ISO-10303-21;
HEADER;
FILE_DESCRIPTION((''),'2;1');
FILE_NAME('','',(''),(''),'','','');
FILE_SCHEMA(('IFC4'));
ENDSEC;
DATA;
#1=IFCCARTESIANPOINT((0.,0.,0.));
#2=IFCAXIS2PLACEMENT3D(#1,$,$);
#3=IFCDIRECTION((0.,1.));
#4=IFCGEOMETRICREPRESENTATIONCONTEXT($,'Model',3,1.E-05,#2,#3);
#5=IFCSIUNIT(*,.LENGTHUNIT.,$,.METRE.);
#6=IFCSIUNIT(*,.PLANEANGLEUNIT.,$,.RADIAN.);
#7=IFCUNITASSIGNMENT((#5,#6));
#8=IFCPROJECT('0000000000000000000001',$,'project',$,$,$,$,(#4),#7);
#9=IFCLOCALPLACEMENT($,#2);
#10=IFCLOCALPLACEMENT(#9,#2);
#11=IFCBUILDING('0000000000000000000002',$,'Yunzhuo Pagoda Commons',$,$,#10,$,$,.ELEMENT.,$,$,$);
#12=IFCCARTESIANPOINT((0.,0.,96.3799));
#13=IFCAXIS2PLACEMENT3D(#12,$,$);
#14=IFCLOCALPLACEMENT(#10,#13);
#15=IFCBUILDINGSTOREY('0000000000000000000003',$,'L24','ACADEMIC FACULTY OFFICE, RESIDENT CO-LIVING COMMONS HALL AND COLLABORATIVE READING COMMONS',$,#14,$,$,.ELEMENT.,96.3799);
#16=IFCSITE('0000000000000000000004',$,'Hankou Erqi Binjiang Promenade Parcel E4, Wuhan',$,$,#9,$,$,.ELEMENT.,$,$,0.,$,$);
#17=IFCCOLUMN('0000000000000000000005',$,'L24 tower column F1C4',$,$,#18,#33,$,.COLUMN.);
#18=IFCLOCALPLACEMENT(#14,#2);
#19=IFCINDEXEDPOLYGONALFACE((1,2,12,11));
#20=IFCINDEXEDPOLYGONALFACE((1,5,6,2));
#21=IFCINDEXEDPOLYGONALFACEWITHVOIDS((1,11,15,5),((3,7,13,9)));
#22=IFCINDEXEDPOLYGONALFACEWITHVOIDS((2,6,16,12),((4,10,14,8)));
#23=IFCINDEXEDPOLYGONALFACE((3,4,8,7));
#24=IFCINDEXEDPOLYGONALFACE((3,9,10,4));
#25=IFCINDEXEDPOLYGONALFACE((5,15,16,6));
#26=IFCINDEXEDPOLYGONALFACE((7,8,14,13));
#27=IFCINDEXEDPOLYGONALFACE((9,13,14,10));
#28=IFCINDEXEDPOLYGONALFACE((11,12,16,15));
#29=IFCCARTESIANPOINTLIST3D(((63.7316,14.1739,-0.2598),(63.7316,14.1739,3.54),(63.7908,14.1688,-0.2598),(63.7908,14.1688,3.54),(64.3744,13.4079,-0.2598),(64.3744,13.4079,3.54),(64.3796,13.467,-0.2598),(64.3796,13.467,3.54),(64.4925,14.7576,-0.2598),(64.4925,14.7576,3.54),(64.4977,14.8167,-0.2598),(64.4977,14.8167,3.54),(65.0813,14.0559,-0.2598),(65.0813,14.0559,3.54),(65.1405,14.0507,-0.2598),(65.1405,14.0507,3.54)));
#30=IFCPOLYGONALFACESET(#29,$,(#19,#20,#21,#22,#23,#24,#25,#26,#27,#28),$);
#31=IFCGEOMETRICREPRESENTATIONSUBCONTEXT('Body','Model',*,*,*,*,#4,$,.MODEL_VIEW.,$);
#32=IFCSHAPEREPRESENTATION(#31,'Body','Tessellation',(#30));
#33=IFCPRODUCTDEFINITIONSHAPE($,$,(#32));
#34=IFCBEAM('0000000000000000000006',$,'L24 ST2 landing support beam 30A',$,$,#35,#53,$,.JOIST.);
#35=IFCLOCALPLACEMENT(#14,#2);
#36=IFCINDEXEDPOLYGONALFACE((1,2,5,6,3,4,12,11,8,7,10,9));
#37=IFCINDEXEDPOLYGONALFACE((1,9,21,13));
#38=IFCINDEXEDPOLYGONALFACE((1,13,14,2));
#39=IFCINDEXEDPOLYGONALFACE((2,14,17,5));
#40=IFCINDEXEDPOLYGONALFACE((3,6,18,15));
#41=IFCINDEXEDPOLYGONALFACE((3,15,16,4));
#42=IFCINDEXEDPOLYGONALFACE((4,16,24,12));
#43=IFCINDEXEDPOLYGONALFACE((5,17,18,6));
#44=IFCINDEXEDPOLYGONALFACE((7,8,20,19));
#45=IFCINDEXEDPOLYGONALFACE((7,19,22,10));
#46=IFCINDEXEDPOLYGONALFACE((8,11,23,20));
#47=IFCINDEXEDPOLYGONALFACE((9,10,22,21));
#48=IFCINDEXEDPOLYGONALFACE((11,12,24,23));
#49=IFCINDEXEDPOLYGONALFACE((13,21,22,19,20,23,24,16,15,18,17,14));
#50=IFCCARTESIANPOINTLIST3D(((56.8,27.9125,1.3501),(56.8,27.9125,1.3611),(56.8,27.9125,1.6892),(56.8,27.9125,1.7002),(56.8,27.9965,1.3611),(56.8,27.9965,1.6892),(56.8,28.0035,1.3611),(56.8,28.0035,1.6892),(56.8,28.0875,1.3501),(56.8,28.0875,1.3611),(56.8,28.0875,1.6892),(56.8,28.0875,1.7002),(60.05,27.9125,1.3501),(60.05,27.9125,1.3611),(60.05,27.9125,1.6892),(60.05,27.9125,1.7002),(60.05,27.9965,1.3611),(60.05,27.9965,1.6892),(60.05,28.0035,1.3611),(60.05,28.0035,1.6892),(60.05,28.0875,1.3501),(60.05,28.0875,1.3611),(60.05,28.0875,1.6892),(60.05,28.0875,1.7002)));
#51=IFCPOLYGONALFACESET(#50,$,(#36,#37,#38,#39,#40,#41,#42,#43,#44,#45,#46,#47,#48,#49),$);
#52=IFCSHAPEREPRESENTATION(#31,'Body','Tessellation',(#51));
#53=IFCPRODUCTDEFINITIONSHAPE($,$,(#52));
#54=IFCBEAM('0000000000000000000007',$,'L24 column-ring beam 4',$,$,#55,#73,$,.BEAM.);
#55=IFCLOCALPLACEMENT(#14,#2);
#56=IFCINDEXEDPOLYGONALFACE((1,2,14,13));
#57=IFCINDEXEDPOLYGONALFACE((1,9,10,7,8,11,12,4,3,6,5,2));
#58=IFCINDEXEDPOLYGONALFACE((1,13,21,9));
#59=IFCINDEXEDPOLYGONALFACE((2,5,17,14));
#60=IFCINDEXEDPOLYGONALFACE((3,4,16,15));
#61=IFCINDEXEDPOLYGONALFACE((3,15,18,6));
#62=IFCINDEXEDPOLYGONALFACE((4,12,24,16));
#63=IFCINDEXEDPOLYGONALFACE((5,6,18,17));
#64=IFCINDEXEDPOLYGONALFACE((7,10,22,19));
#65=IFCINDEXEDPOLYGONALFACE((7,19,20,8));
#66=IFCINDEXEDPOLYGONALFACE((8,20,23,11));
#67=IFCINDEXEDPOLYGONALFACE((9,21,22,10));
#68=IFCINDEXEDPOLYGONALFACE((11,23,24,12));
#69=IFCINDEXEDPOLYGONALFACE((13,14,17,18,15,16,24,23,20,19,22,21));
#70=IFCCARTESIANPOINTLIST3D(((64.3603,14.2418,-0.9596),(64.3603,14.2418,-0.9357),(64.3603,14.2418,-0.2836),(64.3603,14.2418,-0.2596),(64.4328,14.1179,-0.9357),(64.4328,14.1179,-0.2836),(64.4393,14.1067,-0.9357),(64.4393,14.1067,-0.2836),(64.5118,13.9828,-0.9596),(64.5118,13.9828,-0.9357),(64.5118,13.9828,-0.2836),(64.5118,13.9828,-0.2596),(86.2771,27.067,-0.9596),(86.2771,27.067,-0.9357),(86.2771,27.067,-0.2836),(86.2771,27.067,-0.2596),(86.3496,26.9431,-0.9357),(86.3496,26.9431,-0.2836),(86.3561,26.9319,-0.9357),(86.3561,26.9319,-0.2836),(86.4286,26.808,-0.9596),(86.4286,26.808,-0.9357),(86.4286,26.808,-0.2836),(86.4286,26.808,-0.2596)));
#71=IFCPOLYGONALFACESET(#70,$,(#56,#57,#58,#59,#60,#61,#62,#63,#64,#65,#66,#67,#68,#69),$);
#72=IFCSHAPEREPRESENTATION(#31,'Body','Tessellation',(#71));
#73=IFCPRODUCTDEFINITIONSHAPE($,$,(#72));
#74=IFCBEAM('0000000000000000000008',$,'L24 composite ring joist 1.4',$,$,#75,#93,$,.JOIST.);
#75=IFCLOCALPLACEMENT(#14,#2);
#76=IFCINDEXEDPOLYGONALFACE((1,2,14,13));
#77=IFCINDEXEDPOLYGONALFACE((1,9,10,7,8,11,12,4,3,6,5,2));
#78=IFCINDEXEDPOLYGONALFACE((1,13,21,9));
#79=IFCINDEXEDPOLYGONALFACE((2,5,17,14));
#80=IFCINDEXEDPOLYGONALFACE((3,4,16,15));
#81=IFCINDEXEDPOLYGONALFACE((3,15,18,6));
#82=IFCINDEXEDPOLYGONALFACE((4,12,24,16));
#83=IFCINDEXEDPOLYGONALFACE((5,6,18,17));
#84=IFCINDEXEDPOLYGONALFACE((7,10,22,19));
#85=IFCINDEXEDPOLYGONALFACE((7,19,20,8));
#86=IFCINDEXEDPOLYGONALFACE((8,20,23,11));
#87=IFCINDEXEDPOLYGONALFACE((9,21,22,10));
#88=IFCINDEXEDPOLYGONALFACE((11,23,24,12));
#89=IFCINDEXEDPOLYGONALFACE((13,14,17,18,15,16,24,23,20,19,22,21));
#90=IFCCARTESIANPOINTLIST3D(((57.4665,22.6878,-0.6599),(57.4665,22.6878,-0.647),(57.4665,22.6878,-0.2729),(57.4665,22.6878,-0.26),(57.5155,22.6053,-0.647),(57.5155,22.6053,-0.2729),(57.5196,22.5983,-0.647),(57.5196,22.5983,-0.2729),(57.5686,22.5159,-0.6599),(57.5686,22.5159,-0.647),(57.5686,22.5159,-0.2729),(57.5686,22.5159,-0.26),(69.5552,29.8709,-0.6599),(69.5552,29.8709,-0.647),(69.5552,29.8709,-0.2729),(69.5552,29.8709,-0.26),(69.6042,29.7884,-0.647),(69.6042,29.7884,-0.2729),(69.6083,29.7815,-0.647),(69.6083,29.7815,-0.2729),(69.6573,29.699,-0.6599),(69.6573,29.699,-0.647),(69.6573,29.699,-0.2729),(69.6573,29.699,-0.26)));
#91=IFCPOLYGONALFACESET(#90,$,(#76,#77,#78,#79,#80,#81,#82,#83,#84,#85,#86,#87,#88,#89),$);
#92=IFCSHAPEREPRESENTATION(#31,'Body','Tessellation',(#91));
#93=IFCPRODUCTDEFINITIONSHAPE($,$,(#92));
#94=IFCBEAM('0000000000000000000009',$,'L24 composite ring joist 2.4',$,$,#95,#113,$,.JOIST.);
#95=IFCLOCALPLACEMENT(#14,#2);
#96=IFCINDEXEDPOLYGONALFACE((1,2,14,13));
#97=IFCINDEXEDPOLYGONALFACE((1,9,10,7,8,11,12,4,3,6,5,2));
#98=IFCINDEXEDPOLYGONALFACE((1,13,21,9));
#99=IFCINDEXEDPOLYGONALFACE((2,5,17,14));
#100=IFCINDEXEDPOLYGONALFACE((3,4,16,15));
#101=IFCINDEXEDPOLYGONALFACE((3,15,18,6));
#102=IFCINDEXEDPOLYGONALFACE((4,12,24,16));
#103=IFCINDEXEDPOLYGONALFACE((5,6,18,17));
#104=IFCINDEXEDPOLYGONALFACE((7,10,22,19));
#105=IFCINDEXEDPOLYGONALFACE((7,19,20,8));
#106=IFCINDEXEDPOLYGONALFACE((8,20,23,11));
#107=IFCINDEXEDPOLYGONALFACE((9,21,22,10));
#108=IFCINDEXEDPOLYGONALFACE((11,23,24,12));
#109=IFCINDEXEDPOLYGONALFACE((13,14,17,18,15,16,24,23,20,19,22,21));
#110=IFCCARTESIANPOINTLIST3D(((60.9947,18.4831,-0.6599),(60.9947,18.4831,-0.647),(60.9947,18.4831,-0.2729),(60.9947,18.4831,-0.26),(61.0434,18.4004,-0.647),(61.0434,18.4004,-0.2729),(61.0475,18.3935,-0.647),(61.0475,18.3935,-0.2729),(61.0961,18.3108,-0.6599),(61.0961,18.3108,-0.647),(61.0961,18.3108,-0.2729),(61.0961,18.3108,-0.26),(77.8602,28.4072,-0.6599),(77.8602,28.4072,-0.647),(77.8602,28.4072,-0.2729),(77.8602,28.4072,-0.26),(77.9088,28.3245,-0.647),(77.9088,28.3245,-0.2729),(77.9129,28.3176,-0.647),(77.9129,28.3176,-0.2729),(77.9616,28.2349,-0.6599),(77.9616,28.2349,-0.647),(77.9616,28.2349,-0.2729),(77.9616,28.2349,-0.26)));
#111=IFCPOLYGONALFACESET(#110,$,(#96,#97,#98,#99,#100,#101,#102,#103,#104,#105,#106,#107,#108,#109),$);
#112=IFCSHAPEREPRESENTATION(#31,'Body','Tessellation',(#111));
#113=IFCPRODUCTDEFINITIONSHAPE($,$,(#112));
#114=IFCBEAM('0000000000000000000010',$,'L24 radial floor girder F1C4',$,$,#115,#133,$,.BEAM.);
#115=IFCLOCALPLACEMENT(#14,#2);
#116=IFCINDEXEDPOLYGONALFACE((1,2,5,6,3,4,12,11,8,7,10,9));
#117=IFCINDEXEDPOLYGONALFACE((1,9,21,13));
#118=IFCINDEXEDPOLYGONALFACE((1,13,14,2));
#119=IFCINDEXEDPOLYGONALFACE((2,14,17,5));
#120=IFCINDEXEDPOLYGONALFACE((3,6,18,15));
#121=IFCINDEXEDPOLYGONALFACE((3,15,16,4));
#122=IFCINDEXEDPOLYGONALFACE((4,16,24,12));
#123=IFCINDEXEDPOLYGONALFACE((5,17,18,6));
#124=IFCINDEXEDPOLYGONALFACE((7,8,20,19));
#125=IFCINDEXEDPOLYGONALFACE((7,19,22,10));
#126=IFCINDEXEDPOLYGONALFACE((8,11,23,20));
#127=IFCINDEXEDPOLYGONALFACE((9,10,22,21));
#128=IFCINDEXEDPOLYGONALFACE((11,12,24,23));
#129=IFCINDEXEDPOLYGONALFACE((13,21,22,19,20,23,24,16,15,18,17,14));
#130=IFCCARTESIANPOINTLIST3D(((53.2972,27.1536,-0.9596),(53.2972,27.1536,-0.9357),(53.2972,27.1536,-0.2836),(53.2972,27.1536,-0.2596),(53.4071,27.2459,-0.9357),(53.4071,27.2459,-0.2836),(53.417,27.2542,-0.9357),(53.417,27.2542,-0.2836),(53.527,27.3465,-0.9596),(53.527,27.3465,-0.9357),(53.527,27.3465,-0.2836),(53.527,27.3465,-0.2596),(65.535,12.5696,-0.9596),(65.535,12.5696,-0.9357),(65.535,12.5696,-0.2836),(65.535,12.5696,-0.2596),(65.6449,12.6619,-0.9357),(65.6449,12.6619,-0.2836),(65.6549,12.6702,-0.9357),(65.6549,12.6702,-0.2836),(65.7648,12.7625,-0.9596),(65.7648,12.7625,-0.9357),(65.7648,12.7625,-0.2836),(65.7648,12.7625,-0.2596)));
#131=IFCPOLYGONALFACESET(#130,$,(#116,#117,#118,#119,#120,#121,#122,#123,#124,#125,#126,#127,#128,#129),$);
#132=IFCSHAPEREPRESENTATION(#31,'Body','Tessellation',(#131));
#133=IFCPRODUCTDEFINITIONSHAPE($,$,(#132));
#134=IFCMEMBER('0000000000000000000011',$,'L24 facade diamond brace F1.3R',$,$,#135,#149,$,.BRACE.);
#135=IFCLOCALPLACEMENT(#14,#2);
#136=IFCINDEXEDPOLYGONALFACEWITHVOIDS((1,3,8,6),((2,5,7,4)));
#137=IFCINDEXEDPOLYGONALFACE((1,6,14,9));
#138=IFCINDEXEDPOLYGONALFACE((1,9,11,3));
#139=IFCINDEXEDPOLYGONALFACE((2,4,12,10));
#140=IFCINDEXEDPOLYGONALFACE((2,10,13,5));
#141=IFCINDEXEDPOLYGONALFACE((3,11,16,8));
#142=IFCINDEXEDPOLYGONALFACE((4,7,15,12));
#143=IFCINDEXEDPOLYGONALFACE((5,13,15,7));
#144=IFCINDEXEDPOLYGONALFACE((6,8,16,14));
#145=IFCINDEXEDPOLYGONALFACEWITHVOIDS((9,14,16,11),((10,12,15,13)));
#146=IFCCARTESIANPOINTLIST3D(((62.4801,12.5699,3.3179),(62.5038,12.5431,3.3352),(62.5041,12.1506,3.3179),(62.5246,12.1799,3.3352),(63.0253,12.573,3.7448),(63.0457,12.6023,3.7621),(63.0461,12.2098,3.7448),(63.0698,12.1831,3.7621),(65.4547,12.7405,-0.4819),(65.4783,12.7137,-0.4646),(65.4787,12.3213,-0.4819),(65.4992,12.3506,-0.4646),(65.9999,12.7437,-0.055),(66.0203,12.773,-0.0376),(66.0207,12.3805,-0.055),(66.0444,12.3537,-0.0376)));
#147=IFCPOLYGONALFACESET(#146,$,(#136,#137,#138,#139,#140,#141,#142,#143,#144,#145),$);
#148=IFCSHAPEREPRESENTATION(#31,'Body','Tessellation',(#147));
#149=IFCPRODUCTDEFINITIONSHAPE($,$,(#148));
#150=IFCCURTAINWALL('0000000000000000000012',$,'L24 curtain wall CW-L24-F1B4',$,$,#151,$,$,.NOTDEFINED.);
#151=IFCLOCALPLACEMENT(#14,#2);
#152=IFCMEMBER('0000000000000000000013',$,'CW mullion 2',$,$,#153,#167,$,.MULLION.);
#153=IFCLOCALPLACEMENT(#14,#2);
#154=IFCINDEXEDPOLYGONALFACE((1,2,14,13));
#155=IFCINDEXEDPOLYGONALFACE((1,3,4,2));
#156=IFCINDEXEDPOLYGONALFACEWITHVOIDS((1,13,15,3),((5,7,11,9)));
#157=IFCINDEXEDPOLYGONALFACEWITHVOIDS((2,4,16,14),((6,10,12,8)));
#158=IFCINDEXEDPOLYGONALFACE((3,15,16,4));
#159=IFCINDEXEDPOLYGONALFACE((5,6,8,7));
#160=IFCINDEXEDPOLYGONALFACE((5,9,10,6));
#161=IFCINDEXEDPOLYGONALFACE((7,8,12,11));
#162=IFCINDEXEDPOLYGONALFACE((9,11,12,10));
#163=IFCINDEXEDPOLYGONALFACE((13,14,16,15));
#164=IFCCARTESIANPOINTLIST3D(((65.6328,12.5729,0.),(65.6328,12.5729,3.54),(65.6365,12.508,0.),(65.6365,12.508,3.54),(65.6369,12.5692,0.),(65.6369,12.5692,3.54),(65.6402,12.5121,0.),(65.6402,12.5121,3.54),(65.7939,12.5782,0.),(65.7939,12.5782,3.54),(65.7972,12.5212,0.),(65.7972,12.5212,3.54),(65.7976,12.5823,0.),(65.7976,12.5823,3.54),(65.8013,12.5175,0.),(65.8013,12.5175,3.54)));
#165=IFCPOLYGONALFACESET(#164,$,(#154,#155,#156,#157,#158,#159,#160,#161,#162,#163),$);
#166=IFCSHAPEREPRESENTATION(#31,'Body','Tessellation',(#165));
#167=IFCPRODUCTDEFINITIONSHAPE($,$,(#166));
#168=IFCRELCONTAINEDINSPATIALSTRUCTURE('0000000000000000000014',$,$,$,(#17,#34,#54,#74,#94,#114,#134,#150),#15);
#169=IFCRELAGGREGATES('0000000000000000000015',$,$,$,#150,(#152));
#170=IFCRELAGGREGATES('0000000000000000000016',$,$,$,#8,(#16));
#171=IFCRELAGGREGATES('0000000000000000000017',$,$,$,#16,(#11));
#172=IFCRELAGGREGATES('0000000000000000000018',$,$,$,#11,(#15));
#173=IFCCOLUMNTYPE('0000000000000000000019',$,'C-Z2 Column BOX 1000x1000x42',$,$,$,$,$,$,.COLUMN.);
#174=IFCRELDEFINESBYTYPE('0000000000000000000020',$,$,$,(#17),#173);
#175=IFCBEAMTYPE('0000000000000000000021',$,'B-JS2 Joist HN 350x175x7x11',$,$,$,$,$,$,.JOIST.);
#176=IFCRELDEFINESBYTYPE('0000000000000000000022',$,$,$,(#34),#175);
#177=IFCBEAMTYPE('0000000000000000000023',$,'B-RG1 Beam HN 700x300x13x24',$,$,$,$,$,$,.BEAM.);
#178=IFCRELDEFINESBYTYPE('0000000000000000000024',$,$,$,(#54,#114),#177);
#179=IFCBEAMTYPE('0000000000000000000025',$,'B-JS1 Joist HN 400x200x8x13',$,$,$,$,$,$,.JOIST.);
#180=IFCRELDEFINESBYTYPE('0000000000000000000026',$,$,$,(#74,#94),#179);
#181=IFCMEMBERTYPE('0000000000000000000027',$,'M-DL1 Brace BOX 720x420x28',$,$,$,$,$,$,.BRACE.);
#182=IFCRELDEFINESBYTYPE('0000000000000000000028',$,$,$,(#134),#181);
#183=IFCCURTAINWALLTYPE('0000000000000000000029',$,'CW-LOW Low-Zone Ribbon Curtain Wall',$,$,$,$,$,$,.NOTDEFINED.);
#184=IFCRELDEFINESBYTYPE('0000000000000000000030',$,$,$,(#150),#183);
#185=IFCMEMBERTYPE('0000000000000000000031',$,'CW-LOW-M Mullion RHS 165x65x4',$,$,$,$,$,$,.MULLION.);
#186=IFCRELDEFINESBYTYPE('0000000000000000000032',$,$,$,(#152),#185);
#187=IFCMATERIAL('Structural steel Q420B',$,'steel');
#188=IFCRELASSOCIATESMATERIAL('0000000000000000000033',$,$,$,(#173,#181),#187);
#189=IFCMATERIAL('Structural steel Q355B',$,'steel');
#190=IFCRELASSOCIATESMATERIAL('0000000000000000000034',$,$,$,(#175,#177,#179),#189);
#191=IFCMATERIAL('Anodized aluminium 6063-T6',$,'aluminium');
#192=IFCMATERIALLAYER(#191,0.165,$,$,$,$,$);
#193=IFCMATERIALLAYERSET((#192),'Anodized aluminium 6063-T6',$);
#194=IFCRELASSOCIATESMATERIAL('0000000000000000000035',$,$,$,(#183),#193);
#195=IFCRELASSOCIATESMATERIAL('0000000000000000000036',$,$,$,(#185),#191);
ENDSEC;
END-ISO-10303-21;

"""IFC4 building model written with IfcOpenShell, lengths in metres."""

from ifc_helpers import new_model, si_unit, direction, frame, origin, origin_2d, place, context, subcontext, project, spatial, hollow_rectangle, i_section, extrude, source, transform, mapped, material, layer, layer_set, material_profile, profile_set, type_object, element, aggregate, save


model = new_model("IFC4")

# Units and contexts
model_context = context("Model", 3, precision=1e-05, world=origin(), true_north=direction((0.0, 1.0)))
body_context = subcontext(model_context, "Body", "Model", "MODEL_VIEW")
ifc_project = project(units=[si_unit("LENGTHUNIT", "METRE"), si_unit("PLANEANGLEUNIT", "RADIAN")], contexts=[model_context])

# Site, building, storey
site_placement = place(None, origin())
site = spatial("IfcSite", under=ifc_project, at=site_placement, Name="Hankou Erqi Binjiang Promenade Parcel E4, Wuhan", CompositionType="ELEMENT", RefElevation=0.0)
building_placement = place(site_placement, origin())
building = spatial("IfcBuilding", under=site, at=building_placement, Name="Yunzhuo Pagoda Commons", CompositionType="ELEMENT")
storey_placement = place(building_placement, frame((0.0, 0.0, 96.3799)))
storey = spatial("IfcBuildingStorey", under=building, at=storey_placement, Name="L24", Description="ACADEMIC FACULTY OFFICE, RESIDENT CO-LIVING COMMONS HALL AND COLLABORATIVE READING COMMONS", CompositionType="ELEMENT", Elevation=96.3799)

# Column
ifc_material_1 = material(Name="Structural steel Q420B", Category="steel")
ifc_material_profile_1 = material_profile(ifc_material_1, hollow_rectangle(XDim=1.0, YDim=1.0, WallThickness=0.042, at=origin_2d()), Name="Structural steel Q420B")
ifc_profile_set_1 = profile_set([ifc_material_profile_1], Name="Structural steel Q420B")
column_type = type_object("IfcColumnType", Name="C-Z2 Column BOX 1000x1000x42", PredefinedType="COLUMN", material=ifc_profile_set_1)
shared_shape_1 = source(origin(), body_context, "Body", "SweptSolid", [
    extrude(hollow_rectangle(XDim=1.0, YDim=1.0, WallThickness=0.042, at=origin_2d()), origin(), (0.0, 0.0, 1.0), 3.7998),
])
column_placement = place(storey_placement, frame((64.436, 14.1123, -0.2598), z_axis=(0.0, 0.0, 1.0), x_axis=(0.766044, 0.642788, 0.0)))
element("IfcColumn", 1, at=column_placement, inside=storey, type_object=column_type, Name="L24 tower column F1C4", PredefinedType="COLUMN", context=body_context, shape_type="MappedRepresentation", body=[
    mapped(shared_shape_1, transform((0.0, 0.0, 0.0), scale=1.0)),
])

# Beams
ifc_material_2 = material(Name="Structural steel Q355B", Category="steel")
ifc_material_profile_2 = material_profile(ifc_material_2, i_section(OverallWidth=0.175, OverallDepth=0.3501, WebThickness=0.0071, FlangeThickness=0.011, at=origin_2d()), Name="Structural steel Q355B")
ifc_profile_set_2 = profile_set([ifc_material_profile_2], Name="Structural steel Q355B")
beam_type_1 = type_object("IfcBeamType", Name="B-JS2 Joist HN 350x175x7x11", PredefinedType="JOIST", material=ifc_profile_set_2)
shared_shape_2 = source(origin(), body_context, "Body", "SweptSolid", [
    extrude(i_section(OverallWidth=0.175, OverallDepth=0.3501, WebThickness=0.0071, FlangeThickness=0.011, at=origin_2d()), origin(), (0.0, 0.0, 1.0), 3.25),
])
beam_1_placement = place(storey_placement, frame((56.8, 28.0, 1.5251), z_axis=(1.0, 0.0, 0.0), x_axis=(0.0, 1.0, 0.0)))
element("IfcBeam", 2, at=beam_1_placement, inside=storey, type_object=beam_type_1, Name="L24 ST2 landing support beam 30A", PredefinedType="JOIST", context=body_context, shape_type="MappedRepresentation", body=[
    mapped(shared_shape_2, transform((0.0, 0.0, 0.0), scale=1.0)),
])
ifc_material_profile_3 = material_profile(ifc_material_2, i_section(OverallWidth=0.3, OverallDepth=0.7, WebThickness=0.0129, FlangeThickness=0.0239, at=origin_2d()), Name="Structural steel Q355B")
ifc_profile_set_3 = profile_set([ifc_material_profile_3], Name="Structural steel Q355B")
beam_type_2 = type_object("IfcBeamType", Name="B-RG1 Beam HN 700x300x13x24", PredefinedType="BEAM", material=ifc_profile_set_3)
shared_shape_3 = source(origin(), body_context, "Body", "SweptSolid", [
    extrude(i_section(OverallWidth=0.3, OverallDepth=0.7, WebThickness=0.0129, FlangeThickness=0.0239, at=origin_2d()), origin(), (0.0, 0.0, 1.0), 25.3936),
])
beam_2_placement = place(storey_placement, frame((64.436, 14.1123, -0.6096), z_axis=(0.863085, 0.505058, 0.0), x_axis=(-0.505058, 0.863085, 0.0)))
element("IfcBeam", 3, at=beam_2_placement, inside=storey, type_object=beam_type_2, Name="L24 column-ring beam 4", PredefinedType="BEAM", context=body_context, shape_type="MappedRepresentation", body=[
    mapped(shared_shape_3, transform((0.0, 0.0, 0.0), scale=1.0)),
])
ifc_material_profile_4 = material_profile(ifc_material_2, i_section(OverallWidth=0.2, OverallDepth=0.3999, WebThickness=0.0081, FlangeThickness=0.0129, at=origin_2d()), Name="Structural steel Q355B")
ifc_profile_set_4 = profile_set([ifc_material_profile_4], Name="Structural steel Q355B")
beam_type_3 = type_object("IfcBeamType", Name="B-JS1 Joist HN 400x200x8x13", PredefinedType="JOIST", material=ifc_profile_set_4)
shared_shape_4 = source(origin(), body_context, "Body", "SweptSolid", [
    extrude(i_section(OverallWidth=0.2, OverallDepth=0.3999, WebThickness=0.0081, FlangeThickness=0.0129, at=origin_2d()), origin(), (0.0, 0.0, 1.0), 14.0618),
])
beam_3_placement = place(storey_placement, frame((57.5176, 22.6018, -0.46), z_axis=(0.859683, 0.510827, 0.0), x_axis=(-0.510827, 0.859683, 0.0)))
element("IfcBeam", 4, at=beam_3_placement, inside=storey, type_object=beam_type_3, Name="L24 composite ring joist 1.4", PredefinedType="JOIST", context=body_context, shape_type="MappedRepresentation", body=[
    mapped(shared_shape_4, transform((0.0, 0.0, 0.0), scale=1.0)),
])
shared_shape_5 = source(origin(), body_context, "Body", "SweptSolid", [
    extrude(i_section(OverallWidth=0.2, OverallDepth=0.3999, WebThickness=0.0081, FlangeThickness=0.0129, at=origin_2d()), origin(), (0.0, 0.0, 1.0), 19.5686),
])
beam_4_placement = place(storey_placement, frame((61.0454, 18.397, -0.46), z_axis=(0.861863, 0.507142, 0.0), x_axis=(-0.507142, 0.861863, 0.0)))
element("IfcBeam", 5, at=beam_4_placement, inside=storey, type_object=beam_type_3, Name="L24 composite ring joist 2.4", PredefinedType="JOIST", context=body_context, shape_type="MappedRepresentation", body=[
    mapped(shared_shape_5, transform((0.0, 0.0, 0.0), scale=1.0)),
])
shared_shape_6 = source(origin(), body_context, "Body", "SweptSolid", [
    extrude(i_section(OverallWidth=0.3, OverallDepth=0.7, WebThickness=0.0129, FlangeThickness=0.0239, at=origin_2d()), origin(), (0.0, 0.0, 1.0), 19.0383),
])
beam_5_placement = place(storey_placement, frame((65.6499, 12.666, -0.6096), z_axis=(-0.642799, 0.766035, 0.0), x_axis=(-0.766035, -0.642799, 0.0)))
element("IfcBeam", 6, at=beam_5_placement, inside=storey, type_object=beam_type_2, Name="L24 radial floor girder F1C4", PredefinedType="BEAM", context=body_context, shape_type="MappedRepresentation", body=[
    mapped(shared_shape_6, transform((0.0, 0.0, 0.0), scale=1.0)),
])

# Member
ifc_material_profile_5 = material_profile(ifc_material_1, hollow_rectangle(XDim=0.4199, YDim=0.72, WallThickness=0.0281, at=origin_2d()), Name="Structural steel Q420B")
ifc_profile_set_5 = profile_set([ifc_material_profile_5], Name="Structural steel Q420B")
member_type_1 = type_object("IfcMemberType", Name="M-DL1 Brace BOX 720x420x28", PredefinedType="BRACE", material=ifc_profile_set_5)
shared_shape_7 = source(origin(), body_context, "Body", "SweptSolid", [
    extrude(hollow_rectangle(XDim=0.4199, YDim=0.72, WallThickness=0.0281, at=origin_2d()), origin(), (0.0, 0.0, 1.0), 4.8286),
])
member_1_placement = place(storey_placement, frame((65.7495, 12.5471, -0.2598), z_axis=(-0.616032, -0.035342, 0.786928), x_axis=(0.057276, -0.998358, 0.0)))
element("IfcMember", 7, at=member_1_placement, inside=storey, type_object=member_type_1, Name="L24 facade diamond brace F1.3R", PredefinedType="BRACE", context=body_context, shape_type="MappedRepresentation", body=[
    mapped(shared_shape_7, transform((0.0, 0.0, 0.0), scale=1.0)),
])

# Curtain wall, member
ifc_material_3 = material(Name="Anodized aluminium 6063-T6", Category="aluminium")
ifc_layer_1 = layer(ifc_material_3, 0.165)
ifc_layer_set_1 = layer_set([ifc_layer_1], Name="Anodized aluminium 6063-T6")
curtain_wall_type = type_object("IfcCurtainWallType", Name="CW-LOW Low-Zone Ribbon Curtain Wall", PredefinedType="NOTDEFINED", material=ifc_layer_set_1)
curtain_wall_1_placement = place(storey_placement, origin())
curtain_wall_1 = element("IfcCurtainWall", 8, at=curtain_wall_1_placement, inside=storey, type_object=curtain_wall_type, Name="L24 curtain wall CW-L24-F1B4", PredefinedType="NOTDEFINED")
ifc_material_profile_6 = material_profile(ifc_material_3, hollow_rectangle(XDim=0.0649, YDim=0.165, WallThickness=0.0039, at=origin_2d()), Name="Anodized aluminium 6063-T6")
ifc_profile_set_6 = profile_set([ifc_material_profile_6], Name="Anodized aluminium 6063-T6")
member_type_2 = type_object("IfcMemberType", Name="CW-LOW-M Mullion RHS 165x65x4", PredefinedType="MULLION", material=ifc_profile_set_6)
shared_shape_8 = source(origin(), body_context, "Body", "SweptSolid", [
    extrude(hollow_rectangle(XDim=0.0649, YDim=0.165, WallThickness=0.0039, at=origin_2d()), origin(), (0.0, 0.0, 1.0), 3.54),
])
member_2_placement = place(storey_placement, frame((65.717, 12.5452, 0.0), z_axis=(0.0, 0.0, 1.0), x_axis=(-0.057299, 0.998357, 0.0)))
member_2 = element("IfcMember", 9, at=member_2_placement, type_object=member_type_2, Name="CW mullion 2", PredefinedType="MULLION", context=body_context, shape_type="MappedRepresentation", body=[
    mapped(shared_shape_8, transform((0.0, 0.0, 0.0), scale=1.0)),
])

aggregate(curtain_wall_1, [member_2])

save(model, "model.ifc")
